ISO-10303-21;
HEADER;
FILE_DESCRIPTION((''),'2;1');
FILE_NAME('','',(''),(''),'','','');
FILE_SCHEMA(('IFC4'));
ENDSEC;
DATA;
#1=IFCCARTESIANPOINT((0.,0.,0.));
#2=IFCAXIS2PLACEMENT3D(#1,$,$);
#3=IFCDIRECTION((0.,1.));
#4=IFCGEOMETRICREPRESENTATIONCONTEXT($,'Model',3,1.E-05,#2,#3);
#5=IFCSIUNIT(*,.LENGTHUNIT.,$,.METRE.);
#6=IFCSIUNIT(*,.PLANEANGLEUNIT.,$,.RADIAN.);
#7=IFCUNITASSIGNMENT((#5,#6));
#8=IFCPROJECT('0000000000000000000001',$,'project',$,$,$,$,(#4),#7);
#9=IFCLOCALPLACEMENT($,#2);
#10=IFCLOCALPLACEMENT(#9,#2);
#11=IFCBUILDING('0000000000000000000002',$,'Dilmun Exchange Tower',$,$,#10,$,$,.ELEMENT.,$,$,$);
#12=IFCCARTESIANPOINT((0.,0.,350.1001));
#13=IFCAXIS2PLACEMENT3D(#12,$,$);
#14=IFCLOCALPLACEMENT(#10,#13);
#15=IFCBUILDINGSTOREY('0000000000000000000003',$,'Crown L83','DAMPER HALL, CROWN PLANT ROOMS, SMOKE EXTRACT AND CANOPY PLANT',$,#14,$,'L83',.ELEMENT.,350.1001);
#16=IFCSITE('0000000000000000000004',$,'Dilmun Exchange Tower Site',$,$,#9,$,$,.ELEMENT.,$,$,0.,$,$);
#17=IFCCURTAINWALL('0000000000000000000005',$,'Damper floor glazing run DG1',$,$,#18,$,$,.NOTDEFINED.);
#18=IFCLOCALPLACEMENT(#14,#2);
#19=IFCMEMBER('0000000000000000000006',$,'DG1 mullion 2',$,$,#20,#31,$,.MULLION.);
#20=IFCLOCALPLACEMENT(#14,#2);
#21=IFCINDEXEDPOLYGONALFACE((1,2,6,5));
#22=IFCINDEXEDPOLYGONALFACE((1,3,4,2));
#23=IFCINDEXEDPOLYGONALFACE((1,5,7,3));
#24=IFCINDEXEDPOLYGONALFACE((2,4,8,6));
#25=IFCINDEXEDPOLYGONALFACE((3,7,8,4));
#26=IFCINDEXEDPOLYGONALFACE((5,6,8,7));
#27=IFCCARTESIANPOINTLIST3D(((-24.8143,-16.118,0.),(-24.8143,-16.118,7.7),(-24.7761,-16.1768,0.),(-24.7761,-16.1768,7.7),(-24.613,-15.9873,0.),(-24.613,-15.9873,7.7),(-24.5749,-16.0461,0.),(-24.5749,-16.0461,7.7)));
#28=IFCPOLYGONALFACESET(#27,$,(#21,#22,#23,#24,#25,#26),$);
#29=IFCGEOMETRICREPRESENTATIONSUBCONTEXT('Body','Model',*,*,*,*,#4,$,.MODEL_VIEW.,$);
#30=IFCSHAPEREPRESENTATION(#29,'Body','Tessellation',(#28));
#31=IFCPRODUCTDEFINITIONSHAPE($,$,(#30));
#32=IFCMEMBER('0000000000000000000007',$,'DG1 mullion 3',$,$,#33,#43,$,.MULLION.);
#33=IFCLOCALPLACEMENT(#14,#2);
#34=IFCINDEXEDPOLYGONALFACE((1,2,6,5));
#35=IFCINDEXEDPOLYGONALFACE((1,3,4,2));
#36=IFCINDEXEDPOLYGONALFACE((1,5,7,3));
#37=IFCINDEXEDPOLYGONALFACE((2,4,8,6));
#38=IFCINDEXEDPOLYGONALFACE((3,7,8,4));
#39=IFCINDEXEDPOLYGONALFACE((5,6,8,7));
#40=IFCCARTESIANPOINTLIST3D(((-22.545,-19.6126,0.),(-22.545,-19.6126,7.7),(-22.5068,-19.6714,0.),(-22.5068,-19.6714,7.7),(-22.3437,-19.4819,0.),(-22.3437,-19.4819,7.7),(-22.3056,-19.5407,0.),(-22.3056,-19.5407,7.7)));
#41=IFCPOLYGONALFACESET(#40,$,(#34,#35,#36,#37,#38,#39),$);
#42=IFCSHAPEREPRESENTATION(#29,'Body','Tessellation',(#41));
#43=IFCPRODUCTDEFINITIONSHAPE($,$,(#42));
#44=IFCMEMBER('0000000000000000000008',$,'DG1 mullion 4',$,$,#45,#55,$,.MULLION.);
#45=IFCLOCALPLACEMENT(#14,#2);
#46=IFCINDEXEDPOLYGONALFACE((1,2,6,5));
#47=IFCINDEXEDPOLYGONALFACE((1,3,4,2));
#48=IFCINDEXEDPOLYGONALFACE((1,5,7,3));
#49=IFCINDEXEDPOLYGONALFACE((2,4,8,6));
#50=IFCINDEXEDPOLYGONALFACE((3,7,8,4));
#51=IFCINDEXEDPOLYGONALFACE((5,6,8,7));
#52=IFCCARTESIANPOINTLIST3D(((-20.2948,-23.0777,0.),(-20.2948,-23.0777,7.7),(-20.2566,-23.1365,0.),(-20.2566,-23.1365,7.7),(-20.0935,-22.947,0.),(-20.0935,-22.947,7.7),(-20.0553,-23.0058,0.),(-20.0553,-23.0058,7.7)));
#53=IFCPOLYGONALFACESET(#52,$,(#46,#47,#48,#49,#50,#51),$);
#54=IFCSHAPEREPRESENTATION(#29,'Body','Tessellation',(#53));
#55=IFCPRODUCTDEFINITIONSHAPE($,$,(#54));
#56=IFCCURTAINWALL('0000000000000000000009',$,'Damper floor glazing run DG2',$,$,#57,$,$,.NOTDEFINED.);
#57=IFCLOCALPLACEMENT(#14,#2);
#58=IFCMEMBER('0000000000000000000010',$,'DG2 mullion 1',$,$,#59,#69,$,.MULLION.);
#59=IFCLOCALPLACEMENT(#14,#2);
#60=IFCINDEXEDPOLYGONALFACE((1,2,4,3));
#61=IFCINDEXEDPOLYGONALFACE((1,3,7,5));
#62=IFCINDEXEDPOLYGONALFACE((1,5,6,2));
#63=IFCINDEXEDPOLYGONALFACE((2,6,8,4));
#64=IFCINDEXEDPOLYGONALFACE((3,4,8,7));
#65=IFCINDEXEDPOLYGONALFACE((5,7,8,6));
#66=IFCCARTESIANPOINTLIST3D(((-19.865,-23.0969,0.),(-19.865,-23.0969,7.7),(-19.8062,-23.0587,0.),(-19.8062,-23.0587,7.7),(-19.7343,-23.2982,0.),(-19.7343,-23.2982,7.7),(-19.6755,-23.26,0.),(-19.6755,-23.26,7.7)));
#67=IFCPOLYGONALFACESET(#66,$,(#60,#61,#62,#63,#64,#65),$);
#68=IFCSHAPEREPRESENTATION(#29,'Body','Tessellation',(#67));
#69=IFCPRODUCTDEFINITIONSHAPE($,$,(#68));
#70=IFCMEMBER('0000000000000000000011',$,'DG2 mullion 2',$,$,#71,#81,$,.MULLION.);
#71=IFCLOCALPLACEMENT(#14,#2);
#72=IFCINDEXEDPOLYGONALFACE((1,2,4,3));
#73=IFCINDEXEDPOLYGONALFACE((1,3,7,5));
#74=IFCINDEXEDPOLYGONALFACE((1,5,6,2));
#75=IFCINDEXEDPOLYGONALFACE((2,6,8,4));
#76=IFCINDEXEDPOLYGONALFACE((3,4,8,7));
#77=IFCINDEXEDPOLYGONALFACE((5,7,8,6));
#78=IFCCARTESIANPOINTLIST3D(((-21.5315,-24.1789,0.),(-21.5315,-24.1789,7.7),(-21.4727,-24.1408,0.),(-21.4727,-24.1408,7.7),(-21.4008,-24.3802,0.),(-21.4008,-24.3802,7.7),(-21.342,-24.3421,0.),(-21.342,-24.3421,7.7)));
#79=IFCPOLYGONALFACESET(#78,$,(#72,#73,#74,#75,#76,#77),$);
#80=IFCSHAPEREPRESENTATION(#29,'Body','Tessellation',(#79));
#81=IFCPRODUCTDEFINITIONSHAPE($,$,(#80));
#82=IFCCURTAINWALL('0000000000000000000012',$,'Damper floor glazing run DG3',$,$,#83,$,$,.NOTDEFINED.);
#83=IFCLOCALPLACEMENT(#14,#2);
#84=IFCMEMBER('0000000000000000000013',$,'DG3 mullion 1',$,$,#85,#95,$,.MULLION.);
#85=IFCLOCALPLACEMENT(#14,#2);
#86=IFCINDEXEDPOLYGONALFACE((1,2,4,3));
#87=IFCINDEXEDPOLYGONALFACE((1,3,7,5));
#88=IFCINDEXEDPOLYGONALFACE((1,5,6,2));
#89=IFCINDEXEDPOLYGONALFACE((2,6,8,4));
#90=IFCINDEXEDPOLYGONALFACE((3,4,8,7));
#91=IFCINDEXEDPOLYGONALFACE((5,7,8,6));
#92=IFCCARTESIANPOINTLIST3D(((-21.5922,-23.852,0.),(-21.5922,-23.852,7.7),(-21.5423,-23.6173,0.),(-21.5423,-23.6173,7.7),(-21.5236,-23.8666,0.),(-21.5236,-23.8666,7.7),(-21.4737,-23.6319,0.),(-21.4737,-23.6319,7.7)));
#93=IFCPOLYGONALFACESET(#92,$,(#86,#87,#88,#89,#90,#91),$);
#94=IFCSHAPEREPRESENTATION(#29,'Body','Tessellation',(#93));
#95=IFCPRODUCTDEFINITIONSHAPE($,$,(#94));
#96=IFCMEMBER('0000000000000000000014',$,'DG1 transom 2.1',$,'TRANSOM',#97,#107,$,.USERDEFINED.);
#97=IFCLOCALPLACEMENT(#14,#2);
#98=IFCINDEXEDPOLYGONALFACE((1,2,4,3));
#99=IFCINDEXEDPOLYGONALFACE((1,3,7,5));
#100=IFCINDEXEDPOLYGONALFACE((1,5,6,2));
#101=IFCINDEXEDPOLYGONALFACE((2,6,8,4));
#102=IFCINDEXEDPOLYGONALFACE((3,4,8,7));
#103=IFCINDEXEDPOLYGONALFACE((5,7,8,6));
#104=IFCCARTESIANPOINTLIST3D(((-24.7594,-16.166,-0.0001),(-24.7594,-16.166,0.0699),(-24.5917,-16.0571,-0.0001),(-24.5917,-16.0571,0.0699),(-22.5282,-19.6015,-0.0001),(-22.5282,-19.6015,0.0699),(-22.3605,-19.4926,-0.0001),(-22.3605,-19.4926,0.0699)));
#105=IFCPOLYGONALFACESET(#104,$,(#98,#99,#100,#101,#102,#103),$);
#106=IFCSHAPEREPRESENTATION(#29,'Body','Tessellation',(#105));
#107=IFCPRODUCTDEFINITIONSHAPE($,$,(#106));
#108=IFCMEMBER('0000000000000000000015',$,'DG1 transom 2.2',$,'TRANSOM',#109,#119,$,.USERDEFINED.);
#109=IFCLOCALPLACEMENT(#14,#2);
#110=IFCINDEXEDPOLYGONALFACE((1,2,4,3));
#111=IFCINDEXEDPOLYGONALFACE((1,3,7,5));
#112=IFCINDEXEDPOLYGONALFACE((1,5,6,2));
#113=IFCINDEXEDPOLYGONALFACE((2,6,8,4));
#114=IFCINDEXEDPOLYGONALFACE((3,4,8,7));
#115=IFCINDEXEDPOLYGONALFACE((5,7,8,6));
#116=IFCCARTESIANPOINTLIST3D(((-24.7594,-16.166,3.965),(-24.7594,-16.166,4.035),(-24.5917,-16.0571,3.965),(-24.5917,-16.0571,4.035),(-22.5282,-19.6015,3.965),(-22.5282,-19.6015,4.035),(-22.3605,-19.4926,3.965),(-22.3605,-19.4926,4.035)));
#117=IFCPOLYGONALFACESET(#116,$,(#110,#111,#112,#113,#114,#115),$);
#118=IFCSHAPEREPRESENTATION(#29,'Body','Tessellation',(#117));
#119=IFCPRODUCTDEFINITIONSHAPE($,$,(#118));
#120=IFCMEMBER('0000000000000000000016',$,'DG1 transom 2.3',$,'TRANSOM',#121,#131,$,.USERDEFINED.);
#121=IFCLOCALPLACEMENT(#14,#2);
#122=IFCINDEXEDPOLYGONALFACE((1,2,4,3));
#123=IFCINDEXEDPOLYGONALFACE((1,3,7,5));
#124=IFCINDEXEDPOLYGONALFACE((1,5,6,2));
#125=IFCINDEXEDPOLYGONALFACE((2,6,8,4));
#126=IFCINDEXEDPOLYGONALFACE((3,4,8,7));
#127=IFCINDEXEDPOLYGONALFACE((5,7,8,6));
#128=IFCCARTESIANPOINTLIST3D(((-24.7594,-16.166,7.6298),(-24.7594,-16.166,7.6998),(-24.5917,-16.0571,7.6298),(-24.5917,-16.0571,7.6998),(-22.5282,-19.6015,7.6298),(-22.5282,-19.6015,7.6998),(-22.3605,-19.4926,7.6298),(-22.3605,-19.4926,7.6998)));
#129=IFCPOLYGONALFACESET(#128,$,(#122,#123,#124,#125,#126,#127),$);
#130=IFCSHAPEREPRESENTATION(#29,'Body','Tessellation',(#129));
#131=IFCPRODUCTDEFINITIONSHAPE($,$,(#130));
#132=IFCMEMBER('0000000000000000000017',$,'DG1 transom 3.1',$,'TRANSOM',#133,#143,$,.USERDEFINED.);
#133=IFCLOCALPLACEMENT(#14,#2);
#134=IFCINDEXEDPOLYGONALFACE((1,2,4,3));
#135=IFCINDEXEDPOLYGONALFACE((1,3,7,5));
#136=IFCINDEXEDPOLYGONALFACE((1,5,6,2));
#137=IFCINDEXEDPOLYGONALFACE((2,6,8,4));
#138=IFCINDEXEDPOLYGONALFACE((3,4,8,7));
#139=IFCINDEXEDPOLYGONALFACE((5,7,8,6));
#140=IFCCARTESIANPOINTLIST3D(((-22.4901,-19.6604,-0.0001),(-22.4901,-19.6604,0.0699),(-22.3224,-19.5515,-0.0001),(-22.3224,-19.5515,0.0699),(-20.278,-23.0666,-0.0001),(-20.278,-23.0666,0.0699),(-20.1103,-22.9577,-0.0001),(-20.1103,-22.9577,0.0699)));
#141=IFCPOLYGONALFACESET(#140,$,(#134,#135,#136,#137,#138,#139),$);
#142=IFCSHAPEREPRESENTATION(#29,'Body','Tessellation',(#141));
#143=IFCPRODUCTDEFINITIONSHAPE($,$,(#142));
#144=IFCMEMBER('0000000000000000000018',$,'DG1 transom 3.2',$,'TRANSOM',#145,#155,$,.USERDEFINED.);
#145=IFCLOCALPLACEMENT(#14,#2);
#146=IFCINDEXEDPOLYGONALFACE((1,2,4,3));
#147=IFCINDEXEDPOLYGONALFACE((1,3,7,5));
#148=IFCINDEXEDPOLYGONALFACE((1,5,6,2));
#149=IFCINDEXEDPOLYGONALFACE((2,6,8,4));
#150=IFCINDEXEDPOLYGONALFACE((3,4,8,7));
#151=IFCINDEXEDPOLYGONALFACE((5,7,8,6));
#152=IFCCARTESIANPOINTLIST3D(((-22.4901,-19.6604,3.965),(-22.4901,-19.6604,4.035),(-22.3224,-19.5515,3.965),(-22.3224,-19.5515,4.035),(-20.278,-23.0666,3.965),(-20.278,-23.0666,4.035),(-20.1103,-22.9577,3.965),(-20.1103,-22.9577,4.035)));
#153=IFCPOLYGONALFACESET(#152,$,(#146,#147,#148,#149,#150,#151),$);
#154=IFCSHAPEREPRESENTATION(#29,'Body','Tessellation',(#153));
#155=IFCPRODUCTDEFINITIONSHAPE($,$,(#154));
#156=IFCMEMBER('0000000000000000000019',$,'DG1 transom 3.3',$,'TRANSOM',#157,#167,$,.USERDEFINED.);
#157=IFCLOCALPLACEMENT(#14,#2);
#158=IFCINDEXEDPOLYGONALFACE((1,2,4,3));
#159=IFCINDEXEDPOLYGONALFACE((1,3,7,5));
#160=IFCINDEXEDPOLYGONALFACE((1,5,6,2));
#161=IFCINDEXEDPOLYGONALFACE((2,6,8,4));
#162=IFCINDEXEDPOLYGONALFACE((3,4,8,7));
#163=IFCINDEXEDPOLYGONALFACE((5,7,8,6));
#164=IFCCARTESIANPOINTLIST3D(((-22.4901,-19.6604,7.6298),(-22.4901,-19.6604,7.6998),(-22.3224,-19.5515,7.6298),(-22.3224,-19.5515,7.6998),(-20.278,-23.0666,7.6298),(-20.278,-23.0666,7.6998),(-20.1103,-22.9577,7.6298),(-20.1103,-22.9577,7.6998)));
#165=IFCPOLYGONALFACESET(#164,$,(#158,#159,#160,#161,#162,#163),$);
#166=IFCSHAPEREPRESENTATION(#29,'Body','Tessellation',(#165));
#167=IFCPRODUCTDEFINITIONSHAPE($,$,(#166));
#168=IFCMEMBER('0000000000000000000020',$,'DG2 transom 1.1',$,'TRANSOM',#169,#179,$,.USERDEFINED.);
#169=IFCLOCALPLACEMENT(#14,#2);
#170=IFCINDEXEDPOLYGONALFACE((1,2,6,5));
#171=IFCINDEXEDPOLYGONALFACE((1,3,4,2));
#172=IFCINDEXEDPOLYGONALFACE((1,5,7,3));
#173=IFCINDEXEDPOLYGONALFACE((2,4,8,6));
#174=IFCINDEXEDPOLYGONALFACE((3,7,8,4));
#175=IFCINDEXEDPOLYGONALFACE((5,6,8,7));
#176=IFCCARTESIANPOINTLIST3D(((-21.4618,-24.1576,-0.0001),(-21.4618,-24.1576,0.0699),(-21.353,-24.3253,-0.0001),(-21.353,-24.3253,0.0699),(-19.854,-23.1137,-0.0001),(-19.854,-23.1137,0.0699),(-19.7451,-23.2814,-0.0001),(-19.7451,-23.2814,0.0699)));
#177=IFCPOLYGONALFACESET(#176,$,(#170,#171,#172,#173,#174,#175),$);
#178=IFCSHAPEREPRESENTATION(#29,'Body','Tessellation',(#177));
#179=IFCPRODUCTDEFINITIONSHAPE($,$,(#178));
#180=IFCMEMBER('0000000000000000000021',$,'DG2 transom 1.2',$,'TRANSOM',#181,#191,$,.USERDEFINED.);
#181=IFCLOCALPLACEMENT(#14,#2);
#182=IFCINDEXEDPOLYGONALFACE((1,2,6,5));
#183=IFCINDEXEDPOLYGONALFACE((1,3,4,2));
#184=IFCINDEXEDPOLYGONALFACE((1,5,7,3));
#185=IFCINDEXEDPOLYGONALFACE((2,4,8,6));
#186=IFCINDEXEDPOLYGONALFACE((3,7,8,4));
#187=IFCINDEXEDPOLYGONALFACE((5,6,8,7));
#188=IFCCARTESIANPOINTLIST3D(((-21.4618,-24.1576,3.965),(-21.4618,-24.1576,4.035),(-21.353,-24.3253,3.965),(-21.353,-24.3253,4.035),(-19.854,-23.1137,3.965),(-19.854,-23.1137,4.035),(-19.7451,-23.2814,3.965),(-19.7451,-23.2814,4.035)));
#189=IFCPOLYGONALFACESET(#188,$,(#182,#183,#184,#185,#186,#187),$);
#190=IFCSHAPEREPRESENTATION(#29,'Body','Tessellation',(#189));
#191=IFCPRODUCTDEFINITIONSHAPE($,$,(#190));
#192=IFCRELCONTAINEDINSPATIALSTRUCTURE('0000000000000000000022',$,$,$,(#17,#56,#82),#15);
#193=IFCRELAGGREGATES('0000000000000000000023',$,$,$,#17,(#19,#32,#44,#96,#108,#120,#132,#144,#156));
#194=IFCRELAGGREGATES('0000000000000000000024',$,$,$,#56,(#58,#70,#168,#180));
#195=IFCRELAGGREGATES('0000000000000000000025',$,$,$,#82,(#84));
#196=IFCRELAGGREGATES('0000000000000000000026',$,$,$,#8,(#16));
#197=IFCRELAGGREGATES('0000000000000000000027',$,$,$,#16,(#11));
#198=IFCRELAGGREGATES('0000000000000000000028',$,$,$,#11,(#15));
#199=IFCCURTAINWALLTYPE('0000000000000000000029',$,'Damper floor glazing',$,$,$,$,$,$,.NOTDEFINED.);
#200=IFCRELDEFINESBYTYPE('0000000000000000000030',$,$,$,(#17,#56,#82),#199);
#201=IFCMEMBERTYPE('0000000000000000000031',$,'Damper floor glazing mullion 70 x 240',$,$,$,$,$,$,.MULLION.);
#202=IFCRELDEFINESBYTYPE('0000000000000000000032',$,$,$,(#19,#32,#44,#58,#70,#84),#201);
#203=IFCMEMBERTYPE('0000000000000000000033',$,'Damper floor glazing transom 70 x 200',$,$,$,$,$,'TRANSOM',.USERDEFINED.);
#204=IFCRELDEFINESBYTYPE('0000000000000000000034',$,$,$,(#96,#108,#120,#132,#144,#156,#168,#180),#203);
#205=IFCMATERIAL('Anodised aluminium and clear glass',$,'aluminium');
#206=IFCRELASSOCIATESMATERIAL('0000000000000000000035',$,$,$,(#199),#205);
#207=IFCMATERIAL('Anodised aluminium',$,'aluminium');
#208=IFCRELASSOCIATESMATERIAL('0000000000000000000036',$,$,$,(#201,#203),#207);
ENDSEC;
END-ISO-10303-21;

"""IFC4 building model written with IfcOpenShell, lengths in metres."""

from ifc_helpers import new_model, si_unit, direction, frame, origin, origin_2d, place, context, subcontext, project, spatial, rectangle, extrude, material, material_profile, profile_set, type_object, element, aggregate, save


model = new_model("IFC4")

# Units and contexts
model_context = context("Model", 3, precision=1e-05, world=origin(), true_north=direction((0.0, 1.0)))
body_context = subcontext(model_context, "Body", "Model", "MODEL_VIEW")
ifc_project = project(units=[si_unit("LENGTHUNIT", "METRE"), si_unit("PLANEANGLEUNIT", "RADIAN")], contexts=[model_context])

# Site, building, storey
site_placement = place(None, origin())
site = spatial("IfcSite", under=ifc_project, at=site_placement, Name="Dilmun Exchange Tower Site", CompositionType="ELEMENT", RefElevation=0.0)
building_placement = place(site_placement, origin())
building = spatial("IfcBuilding", under=site, at=building_placement, Name="Dilmun Exchange Tower", CompositionType="ELEMENT")
storey_placement = place(building_placement, frame((0.0, 0.0, 350.1001)))
storey = spatial("IfcBuildingStorey", under=building, at=storey_placement, Name="Crown L83", Description="DAMPER HALL, CROWN PLANT ROOMS, SMOKE EXTRACT AND CANOPY PLANT", LongName="L83", CompositionType="ELEMENT", Elevation=350.1001)

# Curtain walls, members
ifc_material_1 = material(Name="Anodised aluminium and clear glass", Category="aluminium")
curtain_wall_type = type_object("IfcCurtainWallType", Name="Damper floor glazing", PredefinedType="NOTDEFINED", material=ifc_material_1)
curtain_wall_1_placement = place(storey_placement, origin())
curtain_wall_1 = element("IfcCurtainWall", 1, at=curtain_wall_1_placement, inside=storey, type_object=curtain_wall_type, Name="Damper floor glazing run DG1", PredefinedType="NOTDEFINED")
ifc_material_2 = material(Name="Anodised aluminium", Category="aluminium")
ifc_material_profile_1 = material_profile(ifc_material_2, rectangle(XDim=0.24, YDim=0.0701, at=origin_2d()), Name="AL 70x240")
ifc_profile_set_1 = profile_set([ifc_material_profile_1], Name="Anodised aluminium")
member_type_1 = type_object("IfcMemberType", Name="Damper floor glazing mullion 70 x 240", PredefinedType="MULLION", material=ifc_profile_set_1)
member_1_placement = place(storey_placement, frame((-24.6946, -16.082, 0.0), z_axis=(0.0, 0.0, 1.0), x_axis=(0.838668, 0.544643, 0.0)))
member_1 = element("IfcMember", 2, at=member_1_placement, type_object=member_type_1, Name="DG1 mullion 2", PredefinedType="MULLION", context=body_context, shape_type="SweptSolid", body=[
    extrude(rectangle(XDim=0.24, YDim=0.0701, at=origin_2d()), origin(), (0.0, 0.0, 1.0), 7.7),
])
member_2_placement = place(storey_placement, frame((-22.4253, -19.5767, 0.0), z_axis=(0.0, 0.0, 1.0), x_axis=(0.838668, 0.544643, 0.0)))
member_2 = element("IfcMember", 3, at=member_2_placement, type_object=member_type_1, Name="DG1 mullion 3", PredefinedType="MULLION", context=body_context, shape_type="SweptSolid", body=[
    extrude(rectangle(XDim=0.24, YDim=0.0701, at=origin_2d()), origin(), (0.0, 0.0, 1.0), 7.7),
])
member_3_placement = place(storey_placement, frame((-20.175, -23.0417, 0.0), z_axis=(0.0, 0.0, 1.0), x_axis=(0.838668, 0.544643, 0.0)))
member_3 = element("IfcMember", 4, at=member_3_placement, type_object=member_type_1, Name="DG1 mullion 4", PredefinedType="MULLION", context=body_context, shape_type="SweptSolid", body=[
    extrude(rectangle(XDim=0.24, YDim=0.0701, at=origin_2d()), origin(), (0.0, 0.0, 1.0), 7.7),
])
curtain_wall_2_placement = place(storey_placement, origin())
curtain_wall_2 = element("IfcCurtainWall", 5, at=curtain_wall_2_placement, inside=storey, type_object=curtain_wall_type, Name="Damper floor glazing run DG2", PredefinedType="NOTDEFINED")
member_4_placement = place(storey_placement, frame((-19.7703, -23.1785, 0.0), z_axis=(0.0, 0.0, 1.0), x_axis=(0.544619, -0.838683, 0.0)))
member_4 = element("IfcMember", 6, at=member_4_placement, type_object=member_type_1, Name="DG2 mullion 1", PredefinedType="MULLION", context=body_context, shape_type="SweptSolid", body=[
    extrude(rectangle(XDim=0.24, YDim=0.0701, at=origin_2d()), origin(), (0.0, 0.0, 1.0), 7.7),
])
member_5_placement = place(storey_placement, frame((-21.4368, -24.2605, 0.0), z_axis=(0.0, 0.0, 1.0), x_axis=(0.544619, -0.838683, 0.0)))
member_5 = element("IfcMember", 7, at=member_5_placement, type_object=member_type_1, Name="DG2 mullion 2", PredefinedType="MULLION", context=body_context, shape_type="SweptSolid", body=[
    extrude(rectangle(XDim=0.24, YDim=0.0701, at=origin_2d()), origin(), (0.0, 0.0, 1.0), 7.7),
])

# Curtain wall, member
curtain_wall_3_placement = place(storey_placement, origin())
curtain_wall_3 = element("IfcCurtainWall", 8, at=curtain_wall_3_placement, inside=storey, type_object=curtain_wall_type, Name="Damper floor glazing run DG3", PredefinedType="NOTDEFINED")
member_6_placement = place(storey_placement, frame((-21.533, -23.7419, 0.0), z_axis=(0.0, 0.0, 1.0), x_axis=(0.207911, 0.978148, 0.0)))
member_6 = element("IfcMember", 9, at=member_6_placement, type_object=member_type_1, Name="DG3 mullion 1", PredefinedType="MULLION", context=body_context, shape_type="SweptSolid", body=[
    extrude(rectangle(XDim=0.24, YDim=0.0701, at=origin_2d()), origin(), (0.0, 0.0, 1.0), 7.7),
])

# Members
ifc_material_profile_2 = material_profile(ifc_material_2, rectangle(XDim=0.2, YDim=0.0701, at=origin_2d()), Name="AL 70x200")
ifc_profile_set_2 = profile_set([ifc_material_profile_2], Name="Anodised aluminium")
member_type_2 = type_object("IfcMemberType", Name="Damper floor glazing transom 70 x 200", ElementType="TRANSOM", PredefinedType="USERDEFINED", material=ifc_profile_set_2)
member_7_placement = place(storey_placement, frame((-24.6755, -16.1116, 0.0349), z_axis=(0.544662, -0.838656, 0.0), x_axis=(0.838656, 0.544662, 0.0)))
member_7 = element("IfcMember", 10, at=member_7_placement, type_object=member_type_2, Name="DG1 transom 2.1", ObjectType="TRANSOM", PredefinedType="USERDEFINED", context=body_context, shape_type="SweptSolid", body=[
    extrude(rectangle(XDim=0.2, YDim=0.0701, at=origin_2d()), origin(), (0.0, 0.0, 1.0), 4.0964),
])
member_8_placement = place(storey_placement, frame((-24.6755, -16.1116, 4.0), z_axis=(0.544662, -0.838656, 0.0), x_axis=(0.838656, 0.544662, 0.0)))
member_8 = element("IfcMember", 11, at=member_8_placement, type_object=member_type_2, Name="DG1 transom 2.2", ObjectType="TRANSOM", PredefinedType="USERDEFINED", context=body_context, shape_type="SweptSolid", body=[
    extrude(rectangle(XDim=0.2, YDim=0.0701, at=origin_2d()), origin(), (0.0, 0.0, 1.0), 4.0964),
])
member_9_placement = place(storey_placement, frame((-24.6755, -16.1116, 7.6648), z_axis=(0.544662, -0.838656, 0.0), x_axis=(0.838656, 0.544662, 0.0)))
member_9 = element("IfcMember", 12, at=member_9_placement, type_object=member_type_2, Name="DG1 transom 2.3", ObjectType="TRANSOM", PredefinedType="USERDEFINED", context=body_context, shape_type="SweptSolid", body=[
    extrude(rectangle(XDim=0.2, YDim=0.0701, at=origin_2d()), origin(), (0.0, 0.0, 1.0), 4.0964),
])
member_10_placement = place(storey_placement, frame((-22.4062, -19.606, 0.0349), z_axis=(0.544659, -0.838658, 0.0), x_axis=(0.838658, 0.544659, 0.0)))
member_10 = element("IfcMember", 13, at=member_10_placement, type_object=member_type_2, Name="DG1 transom 3.1", ObjectType="TRANSOM", PredefinedType="USERDEFINED", context=body_context, shape_type="SweptSolid", body=[
    extrude(rectangle(XDim=0.2, YDim=0.0701, at=origin_2d()), origin(), (0.0, 0.0, 1.0), 4.0615),
])
member_11_placement = place(storey_placement, frame((-22.4062, -19.606, 4.0), z_axis=(0.544659, -0.838658, 0.0), x_axis=(0.838658, 0.544659, 0.0)))
member_11 = element("IfcMember", 14, at=member_11_placement, type_object=member_type_2, Name="DG1 transom 3.2", ObjectType="TRANSOM", PredefinedType="USERDEFINED", context=body_context, shape_type="SweptSolid", body=[
    extrude(rectangle(XDim=0.2, YDim=0.0701, at=origin_2d()), origin(), (0.0, 0.0, 1.0), 4.0615),
])
member_12_placement = place(storey_placement, frame((-22.4062, -19.606, 7.6648), z_axis=(0.544659, -0.838658, 0.0), x_axis=(0.838658, 0.544659, 0.0)))
member_12 = element("IfcMember", 15, at=member_12_placement, type_object=member_type_2, Name="DG1 transom 3.3", ObjectType="TRANSOM", PredefinedType="USERDEFINED", context=body_context, shape_type="SweptSolid", body=[
    extrude(rectangle(XDim=0.2, YDim=0.0701, at=origin_2d()), origin(), (0.0, 0.0, 1.0), 4.0615),
])
member_13_placement = place(storey_placement, frame((-19.7996, -23.1975, 0.0349), z_axis=(-0.838729, -0.54455, 0.0), x_axis=(0.54455, -0.838729, 0.0)))
member_13 = element("IfcMember", 16, at=member_13_placement, type_object=member_type_2, Name="DG2 transom 1.1", ObjectType="TRANSOM", PredefinedType="USERDEFINED", context=body_context, shape_type="SweptSolid", body=[
    extrude(rectangle(XDim=0.2, YDim=0.0701, at=origin_2d()), origin(), (0.0, 0.0, 1.0), 1.917),
])
member_14_placement = place(storey_placement, frame((-19.7996, -23.1975, 4.0), z_axis=(-0.838729, -0.54455, 0.0), x_axis=(0.54455, -0.838729, 0.0)))
member_14 = element("IfcMember", 17, at=member_14_placement, type_object=member_type_2, Name="DG2 transom 1.2", ObjectType="TRANSOM", PredefinedType="USERDEFINED", context=body_context, shape_type="SweptSolid", body=[
    extrude(rectangle(XDim=0.2, YDim=0.0701, at=origin_2d()), origin(), (0.0, 0.0, 1.0), 1.917),
])

aggregate(curtain_wall_1, [member_1, member_2, member_3, member_7, member_8, member_9, member_10, member_11, member_12])
aggregate(curtain_wall_2, [member_4, member_5, member_13, member_14])
aggregate(curtain_wall_3, [member_6])

save(model, "model.ifc")
